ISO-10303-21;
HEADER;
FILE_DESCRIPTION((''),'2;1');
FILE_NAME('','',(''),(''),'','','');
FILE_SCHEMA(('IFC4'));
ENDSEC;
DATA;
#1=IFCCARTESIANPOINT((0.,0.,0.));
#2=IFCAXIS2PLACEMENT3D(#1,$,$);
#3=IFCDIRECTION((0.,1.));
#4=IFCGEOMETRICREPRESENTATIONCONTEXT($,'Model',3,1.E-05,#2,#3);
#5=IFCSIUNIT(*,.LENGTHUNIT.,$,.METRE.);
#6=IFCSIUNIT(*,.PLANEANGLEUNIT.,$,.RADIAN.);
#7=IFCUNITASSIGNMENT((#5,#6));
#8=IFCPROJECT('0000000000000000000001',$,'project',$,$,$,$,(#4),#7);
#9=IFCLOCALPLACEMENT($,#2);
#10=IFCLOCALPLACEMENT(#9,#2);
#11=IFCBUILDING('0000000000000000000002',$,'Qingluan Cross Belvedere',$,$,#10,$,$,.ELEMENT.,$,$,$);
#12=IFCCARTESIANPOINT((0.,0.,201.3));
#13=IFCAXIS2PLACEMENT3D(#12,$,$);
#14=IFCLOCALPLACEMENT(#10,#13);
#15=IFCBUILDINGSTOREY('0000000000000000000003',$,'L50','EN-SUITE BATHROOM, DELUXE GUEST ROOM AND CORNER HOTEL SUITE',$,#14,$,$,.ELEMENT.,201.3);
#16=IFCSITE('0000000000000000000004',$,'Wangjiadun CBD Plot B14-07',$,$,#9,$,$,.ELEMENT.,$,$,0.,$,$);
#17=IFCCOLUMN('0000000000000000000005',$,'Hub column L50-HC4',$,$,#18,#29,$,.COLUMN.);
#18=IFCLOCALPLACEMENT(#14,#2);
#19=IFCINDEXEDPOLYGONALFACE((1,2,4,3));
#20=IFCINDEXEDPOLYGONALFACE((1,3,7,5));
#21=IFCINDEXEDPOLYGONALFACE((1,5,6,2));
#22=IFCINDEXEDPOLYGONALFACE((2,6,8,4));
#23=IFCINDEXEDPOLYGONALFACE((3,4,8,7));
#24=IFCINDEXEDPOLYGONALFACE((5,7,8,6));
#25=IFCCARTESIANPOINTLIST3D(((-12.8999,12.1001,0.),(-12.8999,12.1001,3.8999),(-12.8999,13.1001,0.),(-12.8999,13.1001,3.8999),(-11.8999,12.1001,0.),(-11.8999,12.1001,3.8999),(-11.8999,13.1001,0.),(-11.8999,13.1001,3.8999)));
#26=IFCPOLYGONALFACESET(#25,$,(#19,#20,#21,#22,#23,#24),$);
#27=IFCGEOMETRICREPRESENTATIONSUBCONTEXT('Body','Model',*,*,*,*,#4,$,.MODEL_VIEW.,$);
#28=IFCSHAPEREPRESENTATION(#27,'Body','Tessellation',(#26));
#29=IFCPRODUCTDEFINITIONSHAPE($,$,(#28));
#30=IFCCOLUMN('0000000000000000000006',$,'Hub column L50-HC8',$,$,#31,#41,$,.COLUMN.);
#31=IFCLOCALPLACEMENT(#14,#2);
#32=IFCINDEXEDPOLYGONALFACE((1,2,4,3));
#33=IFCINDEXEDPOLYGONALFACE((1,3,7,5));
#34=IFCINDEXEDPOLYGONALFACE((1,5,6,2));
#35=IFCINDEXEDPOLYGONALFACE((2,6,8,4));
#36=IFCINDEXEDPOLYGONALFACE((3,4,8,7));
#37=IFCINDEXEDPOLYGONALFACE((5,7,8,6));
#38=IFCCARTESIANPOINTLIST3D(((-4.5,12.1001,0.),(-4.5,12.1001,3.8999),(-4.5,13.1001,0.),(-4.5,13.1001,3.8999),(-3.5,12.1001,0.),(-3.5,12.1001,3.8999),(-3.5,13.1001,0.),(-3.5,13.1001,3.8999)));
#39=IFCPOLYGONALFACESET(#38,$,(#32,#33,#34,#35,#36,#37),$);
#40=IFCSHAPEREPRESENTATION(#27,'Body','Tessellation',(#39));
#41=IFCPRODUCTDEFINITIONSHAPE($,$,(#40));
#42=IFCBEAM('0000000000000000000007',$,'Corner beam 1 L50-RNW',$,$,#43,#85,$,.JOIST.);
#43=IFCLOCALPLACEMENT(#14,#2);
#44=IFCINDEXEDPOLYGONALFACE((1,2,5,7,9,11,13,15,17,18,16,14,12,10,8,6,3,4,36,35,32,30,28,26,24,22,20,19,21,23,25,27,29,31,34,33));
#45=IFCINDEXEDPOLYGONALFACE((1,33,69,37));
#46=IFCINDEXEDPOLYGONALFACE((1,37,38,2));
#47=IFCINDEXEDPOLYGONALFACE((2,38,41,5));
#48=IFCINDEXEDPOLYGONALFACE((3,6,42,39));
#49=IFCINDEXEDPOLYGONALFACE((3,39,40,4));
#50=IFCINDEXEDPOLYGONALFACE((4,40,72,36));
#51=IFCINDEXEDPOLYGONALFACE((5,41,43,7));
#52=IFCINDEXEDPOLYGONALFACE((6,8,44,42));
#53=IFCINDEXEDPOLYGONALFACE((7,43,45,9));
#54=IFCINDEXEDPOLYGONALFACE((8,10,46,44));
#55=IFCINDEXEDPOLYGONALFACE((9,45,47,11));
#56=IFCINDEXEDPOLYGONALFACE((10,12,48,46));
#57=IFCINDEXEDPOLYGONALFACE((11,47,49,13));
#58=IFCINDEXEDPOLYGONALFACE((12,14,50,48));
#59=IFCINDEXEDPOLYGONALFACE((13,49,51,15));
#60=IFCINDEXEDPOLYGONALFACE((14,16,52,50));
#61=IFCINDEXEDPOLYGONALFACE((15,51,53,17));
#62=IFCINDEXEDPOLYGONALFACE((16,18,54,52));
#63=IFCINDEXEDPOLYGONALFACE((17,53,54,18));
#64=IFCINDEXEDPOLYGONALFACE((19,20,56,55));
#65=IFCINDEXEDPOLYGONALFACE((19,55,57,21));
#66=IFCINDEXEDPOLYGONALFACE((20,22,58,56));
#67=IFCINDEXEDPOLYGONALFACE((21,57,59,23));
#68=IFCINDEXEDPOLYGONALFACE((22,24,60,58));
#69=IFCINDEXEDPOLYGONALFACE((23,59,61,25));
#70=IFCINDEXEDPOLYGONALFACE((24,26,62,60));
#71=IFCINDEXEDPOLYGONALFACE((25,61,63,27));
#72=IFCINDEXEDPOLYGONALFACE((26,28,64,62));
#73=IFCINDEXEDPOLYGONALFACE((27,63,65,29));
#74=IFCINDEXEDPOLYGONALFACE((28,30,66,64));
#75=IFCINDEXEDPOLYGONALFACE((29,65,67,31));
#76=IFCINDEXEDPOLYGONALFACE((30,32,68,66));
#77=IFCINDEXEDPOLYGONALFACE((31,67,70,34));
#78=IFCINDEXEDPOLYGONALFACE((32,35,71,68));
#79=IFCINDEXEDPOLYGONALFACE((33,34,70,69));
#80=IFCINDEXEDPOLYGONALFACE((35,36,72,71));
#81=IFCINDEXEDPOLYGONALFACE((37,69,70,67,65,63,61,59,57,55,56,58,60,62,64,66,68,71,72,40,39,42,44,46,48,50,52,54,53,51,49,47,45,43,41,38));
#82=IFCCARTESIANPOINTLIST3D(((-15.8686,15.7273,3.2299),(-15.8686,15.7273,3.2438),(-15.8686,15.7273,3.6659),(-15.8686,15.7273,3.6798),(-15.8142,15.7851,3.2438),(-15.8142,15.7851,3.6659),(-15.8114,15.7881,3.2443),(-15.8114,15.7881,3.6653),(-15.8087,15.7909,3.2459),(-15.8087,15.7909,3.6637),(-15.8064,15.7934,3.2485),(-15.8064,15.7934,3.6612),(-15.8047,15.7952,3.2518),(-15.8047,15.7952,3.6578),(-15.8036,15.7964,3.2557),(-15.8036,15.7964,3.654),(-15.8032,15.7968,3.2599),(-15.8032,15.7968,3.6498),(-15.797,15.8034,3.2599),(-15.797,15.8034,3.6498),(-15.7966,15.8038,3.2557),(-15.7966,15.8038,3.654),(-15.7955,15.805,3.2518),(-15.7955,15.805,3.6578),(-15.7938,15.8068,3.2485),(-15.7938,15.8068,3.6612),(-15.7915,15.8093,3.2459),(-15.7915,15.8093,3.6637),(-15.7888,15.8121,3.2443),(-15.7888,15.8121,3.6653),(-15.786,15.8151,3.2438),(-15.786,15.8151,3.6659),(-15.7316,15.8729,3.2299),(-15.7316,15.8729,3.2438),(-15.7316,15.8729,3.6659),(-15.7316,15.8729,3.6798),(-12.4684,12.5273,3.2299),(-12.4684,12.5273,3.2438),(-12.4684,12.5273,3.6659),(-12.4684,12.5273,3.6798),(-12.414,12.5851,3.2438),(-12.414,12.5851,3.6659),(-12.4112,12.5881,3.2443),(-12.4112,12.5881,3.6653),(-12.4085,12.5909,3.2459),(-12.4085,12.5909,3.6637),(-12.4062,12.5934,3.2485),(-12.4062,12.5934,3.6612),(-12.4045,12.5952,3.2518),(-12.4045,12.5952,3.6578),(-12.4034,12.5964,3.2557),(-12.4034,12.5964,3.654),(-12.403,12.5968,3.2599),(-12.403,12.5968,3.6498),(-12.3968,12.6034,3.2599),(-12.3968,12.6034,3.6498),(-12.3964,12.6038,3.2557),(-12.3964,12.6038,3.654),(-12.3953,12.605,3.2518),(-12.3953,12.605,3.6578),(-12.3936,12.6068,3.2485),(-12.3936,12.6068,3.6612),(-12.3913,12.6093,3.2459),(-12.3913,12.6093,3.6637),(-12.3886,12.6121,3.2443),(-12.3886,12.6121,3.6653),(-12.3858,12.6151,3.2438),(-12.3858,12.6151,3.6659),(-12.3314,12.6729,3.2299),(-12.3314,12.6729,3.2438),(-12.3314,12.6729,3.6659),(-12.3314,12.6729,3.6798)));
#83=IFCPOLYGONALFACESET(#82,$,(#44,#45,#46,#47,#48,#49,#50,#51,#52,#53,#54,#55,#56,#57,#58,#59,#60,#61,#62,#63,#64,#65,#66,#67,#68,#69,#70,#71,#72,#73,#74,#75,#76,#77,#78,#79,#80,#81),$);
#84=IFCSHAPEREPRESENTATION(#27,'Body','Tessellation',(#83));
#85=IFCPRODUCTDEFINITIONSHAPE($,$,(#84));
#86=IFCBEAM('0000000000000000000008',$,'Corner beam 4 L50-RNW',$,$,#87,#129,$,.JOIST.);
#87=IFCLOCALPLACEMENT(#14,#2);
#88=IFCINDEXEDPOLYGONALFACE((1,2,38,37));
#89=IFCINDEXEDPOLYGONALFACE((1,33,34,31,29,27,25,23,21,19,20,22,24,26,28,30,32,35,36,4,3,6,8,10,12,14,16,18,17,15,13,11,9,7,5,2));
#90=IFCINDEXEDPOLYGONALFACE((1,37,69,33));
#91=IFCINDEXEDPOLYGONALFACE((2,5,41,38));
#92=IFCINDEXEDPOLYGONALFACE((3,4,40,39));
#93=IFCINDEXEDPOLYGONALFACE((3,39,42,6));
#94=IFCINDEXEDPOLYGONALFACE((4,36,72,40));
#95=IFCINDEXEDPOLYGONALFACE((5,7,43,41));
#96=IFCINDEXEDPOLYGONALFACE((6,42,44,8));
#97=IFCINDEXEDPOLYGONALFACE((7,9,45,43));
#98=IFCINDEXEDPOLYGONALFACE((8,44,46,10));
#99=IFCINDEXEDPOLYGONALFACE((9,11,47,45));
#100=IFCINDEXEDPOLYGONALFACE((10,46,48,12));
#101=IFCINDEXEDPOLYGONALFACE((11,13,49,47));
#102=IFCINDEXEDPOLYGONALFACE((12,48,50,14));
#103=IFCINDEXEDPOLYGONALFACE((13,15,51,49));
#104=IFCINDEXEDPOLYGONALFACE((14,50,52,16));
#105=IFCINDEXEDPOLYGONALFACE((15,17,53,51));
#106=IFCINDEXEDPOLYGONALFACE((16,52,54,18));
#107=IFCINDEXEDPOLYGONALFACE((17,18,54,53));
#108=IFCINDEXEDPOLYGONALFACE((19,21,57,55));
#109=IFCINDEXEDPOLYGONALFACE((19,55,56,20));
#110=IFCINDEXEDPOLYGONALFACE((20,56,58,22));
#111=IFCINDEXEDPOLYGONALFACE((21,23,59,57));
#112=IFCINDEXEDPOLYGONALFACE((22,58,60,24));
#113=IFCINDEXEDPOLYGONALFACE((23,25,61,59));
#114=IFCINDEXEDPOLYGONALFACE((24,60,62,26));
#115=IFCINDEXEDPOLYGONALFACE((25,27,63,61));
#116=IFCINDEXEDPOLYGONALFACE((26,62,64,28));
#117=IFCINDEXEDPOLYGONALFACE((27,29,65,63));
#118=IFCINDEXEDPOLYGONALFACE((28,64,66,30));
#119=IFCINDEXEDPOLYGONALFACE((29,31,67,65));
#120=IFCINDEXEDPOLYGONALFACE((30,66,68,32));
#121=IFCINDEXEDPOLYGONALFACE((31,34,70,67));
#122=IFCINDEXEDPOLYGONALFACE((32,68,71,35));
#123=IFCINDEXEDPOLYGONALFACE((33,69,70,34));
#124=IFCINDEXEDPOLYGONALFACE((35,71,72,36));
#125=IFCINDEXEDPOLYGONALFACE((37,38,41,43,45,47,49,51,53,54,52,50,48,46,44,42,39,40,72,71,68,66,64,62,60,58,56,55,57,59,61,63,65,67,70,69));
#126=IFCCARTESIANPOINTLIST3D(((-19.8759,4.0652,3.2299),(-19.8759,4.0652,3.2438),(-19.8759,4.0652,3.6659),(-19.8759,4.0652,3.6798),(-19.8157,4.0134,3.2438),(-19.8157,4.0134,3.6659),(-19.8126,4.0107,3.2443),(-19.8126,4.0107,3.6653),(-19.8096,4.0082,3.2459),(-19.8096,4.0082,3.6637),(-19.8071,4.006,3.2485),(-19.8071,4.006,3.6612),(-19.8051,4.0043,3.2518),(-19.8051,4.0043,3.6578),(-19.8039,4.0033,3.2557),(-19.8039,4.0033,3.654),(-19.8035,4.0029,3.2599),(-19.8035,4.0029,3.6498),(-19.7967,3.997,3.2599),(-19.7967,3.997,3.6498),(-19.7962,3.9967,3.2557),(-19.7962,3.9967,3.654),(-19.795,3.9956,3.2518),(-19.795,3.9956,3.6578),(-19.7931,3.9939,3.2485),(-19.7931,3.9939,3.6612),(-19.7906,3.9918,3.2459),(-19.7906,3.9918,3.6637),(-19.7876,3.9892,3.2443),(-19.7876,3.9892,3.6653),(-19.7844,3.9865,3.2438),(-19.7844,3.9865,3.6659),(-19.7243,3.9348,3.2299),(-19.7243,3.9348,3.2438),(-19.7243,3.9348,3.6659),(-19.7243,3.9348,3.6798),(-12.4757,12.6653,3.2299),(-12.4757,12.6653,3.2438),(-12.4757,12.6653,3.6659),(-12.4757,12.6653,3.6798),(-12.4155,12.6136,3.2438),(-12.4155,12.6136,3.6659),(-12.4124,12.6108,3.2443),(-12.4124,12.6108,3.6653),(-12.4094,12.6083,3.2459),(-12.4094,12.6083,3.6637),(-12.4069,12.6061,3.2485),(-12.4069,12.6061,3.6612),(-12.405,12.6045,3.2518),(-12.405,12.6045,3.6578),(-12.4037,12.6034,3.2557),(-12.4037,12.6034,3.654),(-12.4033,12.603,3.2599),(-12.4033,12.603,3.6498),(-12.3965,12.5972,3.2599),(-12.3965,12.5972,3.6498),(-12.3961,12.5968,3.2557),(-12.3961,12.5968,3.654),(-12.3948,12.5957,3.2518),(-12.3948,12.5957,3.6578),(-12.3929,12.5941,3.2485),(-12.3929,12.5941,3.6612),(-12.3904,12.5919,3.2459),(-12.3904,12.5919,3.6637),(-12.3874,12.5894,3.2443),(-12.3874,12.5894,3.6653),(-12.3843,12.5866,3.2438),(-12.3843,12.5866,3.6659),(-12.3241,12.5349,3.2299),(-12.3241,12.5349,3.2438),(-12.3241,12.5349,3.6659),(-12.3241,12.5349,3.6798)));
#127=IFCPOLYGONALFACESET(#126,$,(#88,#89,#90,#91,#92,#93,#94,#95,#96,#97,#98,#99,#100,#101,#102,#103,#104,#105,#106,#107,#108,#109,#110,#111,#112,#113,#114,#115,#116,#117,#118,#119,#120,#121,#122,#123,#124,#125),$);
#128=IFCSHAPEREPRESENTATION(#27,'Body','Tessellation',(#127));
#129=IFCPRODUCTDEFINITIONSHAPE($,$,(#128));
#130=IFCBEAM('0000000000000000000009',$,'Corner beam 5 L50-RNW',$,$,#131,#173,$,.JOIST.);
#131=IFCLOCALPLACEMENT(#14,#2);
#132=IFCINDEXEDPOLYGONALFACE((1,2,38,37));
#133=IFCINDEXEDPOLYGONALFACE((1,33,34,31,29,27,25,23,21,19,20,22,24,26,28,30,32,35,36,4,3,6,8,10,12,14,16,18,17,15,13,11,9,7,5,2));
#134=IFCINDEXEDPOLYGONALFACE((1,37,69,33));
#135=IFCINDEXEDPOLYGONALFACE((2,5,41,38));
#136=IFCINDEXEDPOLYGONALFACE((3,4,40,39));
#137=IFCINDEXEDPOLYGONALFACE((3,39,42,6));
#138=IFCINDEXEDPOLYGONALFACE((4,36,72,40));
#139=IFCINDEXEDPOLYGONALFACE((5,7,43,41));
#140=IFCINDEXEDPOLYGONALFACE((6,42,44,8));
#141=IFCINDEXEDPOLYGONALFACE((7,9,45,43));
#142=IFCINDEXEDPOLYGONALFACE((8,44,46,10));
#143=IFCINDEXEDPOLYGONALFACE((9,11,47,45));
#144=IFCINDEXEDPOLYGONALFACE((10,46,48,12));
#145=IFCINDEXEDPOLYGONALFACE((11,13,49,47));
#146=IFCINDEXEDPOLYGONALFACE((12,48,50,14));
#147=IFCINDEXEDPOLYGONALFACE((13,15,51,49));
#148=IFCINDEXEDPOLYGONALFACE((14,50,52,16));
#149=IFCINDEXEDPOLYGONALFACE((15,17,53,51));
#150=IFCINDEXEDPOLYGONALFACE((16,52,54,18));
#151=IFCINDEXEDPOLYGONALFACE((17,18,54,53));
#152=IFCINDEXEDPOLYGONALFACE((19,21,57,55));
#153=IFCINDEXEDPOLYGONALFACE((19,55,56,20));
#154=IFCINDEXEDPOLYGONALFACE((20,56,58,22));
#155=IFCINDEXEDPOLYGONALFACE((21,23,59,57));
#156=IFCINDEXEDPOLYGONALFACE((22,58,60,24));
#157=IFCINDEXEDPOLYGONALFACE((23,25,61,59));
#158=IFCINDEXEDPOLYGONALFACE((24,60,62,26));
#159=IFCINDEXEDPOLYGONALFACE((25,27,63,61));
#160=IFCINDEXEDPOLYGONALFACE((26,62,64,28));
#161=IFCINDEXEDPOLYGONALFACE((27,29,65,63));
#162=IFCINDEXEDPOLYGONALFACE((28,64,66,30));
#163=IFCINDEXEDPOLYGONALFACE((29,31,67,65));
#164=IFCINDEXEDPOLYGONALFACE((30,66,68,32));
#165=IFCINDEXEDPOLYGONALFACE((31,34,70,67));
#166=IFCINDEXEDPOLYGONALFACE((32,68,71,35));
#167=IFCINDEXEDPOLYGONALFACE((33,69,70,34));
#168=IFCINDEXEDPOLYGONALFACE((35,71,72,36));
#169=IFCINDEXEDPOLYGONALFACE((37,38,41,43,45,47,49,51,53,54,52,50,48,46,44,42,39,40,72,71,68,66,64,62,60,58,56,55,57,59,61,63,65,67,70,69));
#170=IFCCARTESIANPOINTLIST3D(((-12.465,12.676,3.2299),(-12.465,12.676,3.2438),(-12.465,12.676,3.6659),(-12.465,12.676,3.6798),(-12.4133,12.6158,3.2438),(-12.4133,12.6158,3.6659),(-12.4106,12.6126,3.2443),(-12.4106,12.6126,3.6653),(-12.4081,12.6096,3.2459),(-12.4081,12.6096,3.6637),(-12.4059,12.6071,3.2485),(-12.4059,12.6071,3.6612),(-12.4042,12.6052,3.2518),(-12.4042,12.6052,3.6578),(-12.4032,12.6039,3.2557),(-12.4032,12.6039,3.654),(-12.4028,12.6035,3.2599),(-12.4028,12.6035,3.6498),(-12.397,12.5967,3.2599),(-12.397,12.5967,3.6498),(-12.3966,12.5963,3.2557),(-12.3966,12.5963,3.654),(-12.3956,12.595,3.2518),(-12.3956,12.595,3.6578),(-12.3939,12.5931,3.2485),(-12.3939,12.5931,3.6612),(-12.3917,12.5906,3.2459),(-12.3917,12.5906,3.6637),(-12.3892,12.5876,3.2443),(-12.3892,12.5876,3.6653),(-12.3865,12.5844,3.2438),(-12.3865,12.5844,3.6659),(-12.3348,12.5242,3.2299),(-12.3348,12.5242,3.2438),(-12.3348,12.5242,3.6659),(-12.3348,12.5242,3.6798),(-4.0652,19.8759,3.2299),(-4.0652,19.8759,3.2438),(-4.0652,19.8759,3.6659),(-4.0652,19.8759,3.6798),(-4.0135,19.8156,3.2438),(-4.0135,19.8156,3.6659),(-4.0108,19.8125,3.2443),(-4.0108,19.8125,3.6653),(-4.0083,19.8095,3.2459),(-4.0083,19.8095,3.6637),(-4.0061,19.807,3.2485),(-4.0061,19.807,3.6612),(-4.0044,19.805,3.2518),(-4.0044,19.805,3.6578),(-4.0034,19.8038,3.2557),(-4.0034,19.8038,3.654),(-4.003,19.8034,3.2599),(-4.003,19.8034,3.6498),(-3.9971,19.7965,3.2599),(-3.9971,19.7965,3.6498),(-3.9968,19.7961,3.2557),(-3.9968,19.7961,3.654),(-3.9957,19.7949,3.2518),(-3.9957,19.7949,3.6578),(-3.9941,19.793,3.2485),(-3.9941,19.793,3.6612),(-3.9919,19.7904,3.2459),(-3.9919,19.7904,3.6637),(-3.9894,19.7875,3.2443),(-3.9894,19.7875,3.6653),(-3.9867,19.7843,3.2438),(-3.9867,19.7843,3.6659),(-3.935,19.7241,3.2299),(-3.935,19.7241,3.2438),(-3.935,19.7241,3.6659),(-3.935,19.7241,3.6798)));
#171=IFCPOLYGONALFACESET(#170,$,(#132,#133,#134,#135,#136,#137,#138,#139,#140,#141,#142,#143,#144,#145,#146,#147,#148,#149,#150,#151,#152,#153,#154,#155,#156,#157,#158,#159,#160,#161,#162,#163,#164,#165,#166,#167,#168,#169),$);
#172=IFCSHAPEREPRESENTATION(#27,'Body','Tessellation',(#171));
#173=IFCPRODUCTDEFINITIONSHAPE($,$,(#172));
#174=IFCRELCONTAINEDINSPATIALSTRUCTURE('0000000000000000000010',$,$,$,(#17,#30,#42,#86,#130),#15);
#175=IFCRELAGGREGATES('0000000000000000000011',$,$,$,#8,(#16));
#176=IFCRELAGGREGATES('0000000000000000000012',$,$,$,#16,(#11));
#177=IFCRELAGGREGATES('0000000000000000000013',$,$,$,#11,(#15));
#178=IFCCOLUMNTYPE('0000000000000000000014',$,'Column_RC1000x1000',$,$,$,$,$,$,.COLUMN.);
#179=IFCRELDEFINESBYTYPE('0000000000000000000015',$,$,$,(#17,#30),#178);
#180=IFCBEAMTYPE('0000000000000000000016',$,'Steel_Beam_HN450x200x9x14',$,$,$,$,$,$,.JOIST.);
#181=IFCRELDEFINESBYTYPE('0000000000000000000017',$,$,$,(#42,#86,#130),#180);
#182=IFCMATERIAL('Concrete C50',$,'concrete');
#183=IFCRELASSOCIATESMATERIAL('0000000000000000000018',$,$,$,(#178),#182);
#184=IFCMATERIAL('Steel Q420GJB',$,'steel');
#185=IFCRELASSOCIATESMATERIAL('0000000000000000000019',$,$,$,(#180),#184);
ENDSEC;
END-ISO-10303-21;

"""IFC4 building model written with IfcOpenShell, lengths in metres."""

from ifc_helpers import new_model, si_unit, direction, frame, origin, origin_2d, place, context, subcontext, project, spatial, rectangle, i_section, extrude, material, material_profile, profile_set, type_object, element, save


model = new_model("IFC4")

# Units and contexts
model_context = context("Model", 3, precision=1e-05, world=origin(), true_north=direction((0.0, 1.0)))
body_context = subcontext(model_context, "Body", "Model", "MODEL_VIEW")
ifc_project = project(units=[si_unit("LENGTHUNIT", "METRE"), si_unit("PLANEANGLEUNIT", "RADIAN")], contexts=[model_context])

# Site, building, storey
site_placement = place(None, origin())
site = spatial("IfcSite", under=ifc_project, at=site_placement, Name="Wangjiadun CBD Plot B14-07", CompositionType="ELEMENT", RefElevation=0.0)
building_placement = place(site_placement, origin())
building = spatial("IfcBuilding", under=site, at=building_placement, Name="Qingluan Cross Belvedere", CompositionType="ELEMENT")
storey_placement = place(building_placement, frame((0.0, 0.0, 201.3)))
storey = spatial("IfcBuildingStorey", under=building, at=storey_placement, Name="L50", Description="EN-SUITE BATHROOM, DELUXE GUEST ROOM AND CORNER HOTEL SUITE", CompositionType="ELEMENT", Elevation=201.3)

# Columns
ifc_material_1 = material(Name="Concrete C50", Category="concrete")
ifc_material_profile_1 = material_profile(ifc_material_1, rectangle(XDim=1.0, YDim=1.0, at=origin_2d()), Name="RC1000x1000")
ifc_profile_set_1 = profile_set([ifc_material_profile_1], Name="Concrete C50")
column_type = type_object("IfcColumnType", Name="Column_RC1000x1000", PredefinedType="COLUMN", material=ifc_profile_set_1)
for number, where, z_axis, x_axis, name in (
    (1, (-12.3999, 12.6001, 0.0), (0.0, 0.0, 1.0), (1.0, 0.0, 0.0), "Hub column L50-HC4"),
    (2, (-4.0, 12.6001, 0.0), (0.0, 0.0, 1.0), (1.0, 0.0, 0.0), "Hub column L50-HC8"),
):
    element("IfcColumn", number, at=place(storey_placement, frame(where, z_axis=z_axis, x_axis=x_axis)), inside=storey, type_object=column_type, Name=name, PredefinedType="COLUMN", context=body_context, shape_type="SweptSolid", body=[
        extrude(rectangle(XDim=1.0, YDim=1.0, at=origin_2d()), origin(), (0.0, 0.0, 1.0), 3.8999),
    ])

# Beams
ifc_material_2 = material(Name="Steel Q420GJB", Category="steel")
ifc_material_profile_2 = material_profile(ifc_material_2, i_section(OverallWidth=0.2, OverallDepth=0.45, WebThickness=0.009, FlangeThickness=0.0139, FilletRadius=0.0161, at=origin_2d()), Name="HN450x200x9x14")
ifc_profile_set_2 = profile_set([ifc_material_profile_2], Name="Steel Q420GJB")
beam_type_1 = type_object("IfcBeamType", Name="Steel_Beam_HN450x200x9x14", PredefinedType="JOIST", material=ifc_profile_set_2)
beam_1_placement = place(storey_placement, frame((-12.3999, 12.6001, 3.4548), z_axis=(-0.72822, 0.685343, 0.0), x_axis=(-0.685343, -0.72822, 0.0)))
element("IfcBeam", 3, at=beam_1_placement, inside=storey, type_object=beam_type_1, Name="Corner beam 1 L50-RNW", PredefinedType="JOIST", context=body_context, shape_type="SweptSolid", body=[
    extrude(i_section(OverallWidth=0.2, OverallDepth=0.45, WebThickness=0.009, FlangeThickness=0.0139, FilletRadius=0.0161, at=origin_2d()), origin(), (0.0, 0.0, 1.0), 4.6692),
])
beam_2_placement = place(storey_placement, frame((-12.3999, 12.6001, 3.4548), z_axis=(-0.652245, -0.758008, 0.0), x_axis=(0.758008, -0.652245, 0.0)))
element("IfcBeam", 4, at=beam_2_placement, inside=storey, type_object=beam_type_1, Name="Corner beam 4 L50-RNW", PredefinedType="JOIST", context=body_context, shape_type="SweptSolid", body=[
    extrude(i_section(OverallWidth=0.2, OverallDepth=0.45, WebThickness=0.009, FlangeThickness=0.0139, FilletRadius=0.0161, at=origin_2d()), origin(), (0.0, 0.0, 1.0), 11.3457),
])
beam_3_placement = place(storey_placement, frame((-12.3999, 12.6001, 3.4548), z_axis=(0.759255, 0.650793, 0.0), x_axis=(-0.650793, 0.759255, 0.0)))
element("IfcBeam", 5, at=beam_3_placement, inside=storey, type_object=beam_type_1, Name="Corner beam 5 L50-RNW", PredefinedType="JOIST", context=body_context, shape_type="SweptSolid", body=[
    extrude(i_section(OverallWidth=0.2, OverallDepth=0.45, WebThickness=0.009, FlangeThickness=0.0139, FilletRadius=0.0161, at=origin_2d()), origin(), (0.0, 0.0, 1.0), 11.0632),
])

save(model, "model.ifc")
